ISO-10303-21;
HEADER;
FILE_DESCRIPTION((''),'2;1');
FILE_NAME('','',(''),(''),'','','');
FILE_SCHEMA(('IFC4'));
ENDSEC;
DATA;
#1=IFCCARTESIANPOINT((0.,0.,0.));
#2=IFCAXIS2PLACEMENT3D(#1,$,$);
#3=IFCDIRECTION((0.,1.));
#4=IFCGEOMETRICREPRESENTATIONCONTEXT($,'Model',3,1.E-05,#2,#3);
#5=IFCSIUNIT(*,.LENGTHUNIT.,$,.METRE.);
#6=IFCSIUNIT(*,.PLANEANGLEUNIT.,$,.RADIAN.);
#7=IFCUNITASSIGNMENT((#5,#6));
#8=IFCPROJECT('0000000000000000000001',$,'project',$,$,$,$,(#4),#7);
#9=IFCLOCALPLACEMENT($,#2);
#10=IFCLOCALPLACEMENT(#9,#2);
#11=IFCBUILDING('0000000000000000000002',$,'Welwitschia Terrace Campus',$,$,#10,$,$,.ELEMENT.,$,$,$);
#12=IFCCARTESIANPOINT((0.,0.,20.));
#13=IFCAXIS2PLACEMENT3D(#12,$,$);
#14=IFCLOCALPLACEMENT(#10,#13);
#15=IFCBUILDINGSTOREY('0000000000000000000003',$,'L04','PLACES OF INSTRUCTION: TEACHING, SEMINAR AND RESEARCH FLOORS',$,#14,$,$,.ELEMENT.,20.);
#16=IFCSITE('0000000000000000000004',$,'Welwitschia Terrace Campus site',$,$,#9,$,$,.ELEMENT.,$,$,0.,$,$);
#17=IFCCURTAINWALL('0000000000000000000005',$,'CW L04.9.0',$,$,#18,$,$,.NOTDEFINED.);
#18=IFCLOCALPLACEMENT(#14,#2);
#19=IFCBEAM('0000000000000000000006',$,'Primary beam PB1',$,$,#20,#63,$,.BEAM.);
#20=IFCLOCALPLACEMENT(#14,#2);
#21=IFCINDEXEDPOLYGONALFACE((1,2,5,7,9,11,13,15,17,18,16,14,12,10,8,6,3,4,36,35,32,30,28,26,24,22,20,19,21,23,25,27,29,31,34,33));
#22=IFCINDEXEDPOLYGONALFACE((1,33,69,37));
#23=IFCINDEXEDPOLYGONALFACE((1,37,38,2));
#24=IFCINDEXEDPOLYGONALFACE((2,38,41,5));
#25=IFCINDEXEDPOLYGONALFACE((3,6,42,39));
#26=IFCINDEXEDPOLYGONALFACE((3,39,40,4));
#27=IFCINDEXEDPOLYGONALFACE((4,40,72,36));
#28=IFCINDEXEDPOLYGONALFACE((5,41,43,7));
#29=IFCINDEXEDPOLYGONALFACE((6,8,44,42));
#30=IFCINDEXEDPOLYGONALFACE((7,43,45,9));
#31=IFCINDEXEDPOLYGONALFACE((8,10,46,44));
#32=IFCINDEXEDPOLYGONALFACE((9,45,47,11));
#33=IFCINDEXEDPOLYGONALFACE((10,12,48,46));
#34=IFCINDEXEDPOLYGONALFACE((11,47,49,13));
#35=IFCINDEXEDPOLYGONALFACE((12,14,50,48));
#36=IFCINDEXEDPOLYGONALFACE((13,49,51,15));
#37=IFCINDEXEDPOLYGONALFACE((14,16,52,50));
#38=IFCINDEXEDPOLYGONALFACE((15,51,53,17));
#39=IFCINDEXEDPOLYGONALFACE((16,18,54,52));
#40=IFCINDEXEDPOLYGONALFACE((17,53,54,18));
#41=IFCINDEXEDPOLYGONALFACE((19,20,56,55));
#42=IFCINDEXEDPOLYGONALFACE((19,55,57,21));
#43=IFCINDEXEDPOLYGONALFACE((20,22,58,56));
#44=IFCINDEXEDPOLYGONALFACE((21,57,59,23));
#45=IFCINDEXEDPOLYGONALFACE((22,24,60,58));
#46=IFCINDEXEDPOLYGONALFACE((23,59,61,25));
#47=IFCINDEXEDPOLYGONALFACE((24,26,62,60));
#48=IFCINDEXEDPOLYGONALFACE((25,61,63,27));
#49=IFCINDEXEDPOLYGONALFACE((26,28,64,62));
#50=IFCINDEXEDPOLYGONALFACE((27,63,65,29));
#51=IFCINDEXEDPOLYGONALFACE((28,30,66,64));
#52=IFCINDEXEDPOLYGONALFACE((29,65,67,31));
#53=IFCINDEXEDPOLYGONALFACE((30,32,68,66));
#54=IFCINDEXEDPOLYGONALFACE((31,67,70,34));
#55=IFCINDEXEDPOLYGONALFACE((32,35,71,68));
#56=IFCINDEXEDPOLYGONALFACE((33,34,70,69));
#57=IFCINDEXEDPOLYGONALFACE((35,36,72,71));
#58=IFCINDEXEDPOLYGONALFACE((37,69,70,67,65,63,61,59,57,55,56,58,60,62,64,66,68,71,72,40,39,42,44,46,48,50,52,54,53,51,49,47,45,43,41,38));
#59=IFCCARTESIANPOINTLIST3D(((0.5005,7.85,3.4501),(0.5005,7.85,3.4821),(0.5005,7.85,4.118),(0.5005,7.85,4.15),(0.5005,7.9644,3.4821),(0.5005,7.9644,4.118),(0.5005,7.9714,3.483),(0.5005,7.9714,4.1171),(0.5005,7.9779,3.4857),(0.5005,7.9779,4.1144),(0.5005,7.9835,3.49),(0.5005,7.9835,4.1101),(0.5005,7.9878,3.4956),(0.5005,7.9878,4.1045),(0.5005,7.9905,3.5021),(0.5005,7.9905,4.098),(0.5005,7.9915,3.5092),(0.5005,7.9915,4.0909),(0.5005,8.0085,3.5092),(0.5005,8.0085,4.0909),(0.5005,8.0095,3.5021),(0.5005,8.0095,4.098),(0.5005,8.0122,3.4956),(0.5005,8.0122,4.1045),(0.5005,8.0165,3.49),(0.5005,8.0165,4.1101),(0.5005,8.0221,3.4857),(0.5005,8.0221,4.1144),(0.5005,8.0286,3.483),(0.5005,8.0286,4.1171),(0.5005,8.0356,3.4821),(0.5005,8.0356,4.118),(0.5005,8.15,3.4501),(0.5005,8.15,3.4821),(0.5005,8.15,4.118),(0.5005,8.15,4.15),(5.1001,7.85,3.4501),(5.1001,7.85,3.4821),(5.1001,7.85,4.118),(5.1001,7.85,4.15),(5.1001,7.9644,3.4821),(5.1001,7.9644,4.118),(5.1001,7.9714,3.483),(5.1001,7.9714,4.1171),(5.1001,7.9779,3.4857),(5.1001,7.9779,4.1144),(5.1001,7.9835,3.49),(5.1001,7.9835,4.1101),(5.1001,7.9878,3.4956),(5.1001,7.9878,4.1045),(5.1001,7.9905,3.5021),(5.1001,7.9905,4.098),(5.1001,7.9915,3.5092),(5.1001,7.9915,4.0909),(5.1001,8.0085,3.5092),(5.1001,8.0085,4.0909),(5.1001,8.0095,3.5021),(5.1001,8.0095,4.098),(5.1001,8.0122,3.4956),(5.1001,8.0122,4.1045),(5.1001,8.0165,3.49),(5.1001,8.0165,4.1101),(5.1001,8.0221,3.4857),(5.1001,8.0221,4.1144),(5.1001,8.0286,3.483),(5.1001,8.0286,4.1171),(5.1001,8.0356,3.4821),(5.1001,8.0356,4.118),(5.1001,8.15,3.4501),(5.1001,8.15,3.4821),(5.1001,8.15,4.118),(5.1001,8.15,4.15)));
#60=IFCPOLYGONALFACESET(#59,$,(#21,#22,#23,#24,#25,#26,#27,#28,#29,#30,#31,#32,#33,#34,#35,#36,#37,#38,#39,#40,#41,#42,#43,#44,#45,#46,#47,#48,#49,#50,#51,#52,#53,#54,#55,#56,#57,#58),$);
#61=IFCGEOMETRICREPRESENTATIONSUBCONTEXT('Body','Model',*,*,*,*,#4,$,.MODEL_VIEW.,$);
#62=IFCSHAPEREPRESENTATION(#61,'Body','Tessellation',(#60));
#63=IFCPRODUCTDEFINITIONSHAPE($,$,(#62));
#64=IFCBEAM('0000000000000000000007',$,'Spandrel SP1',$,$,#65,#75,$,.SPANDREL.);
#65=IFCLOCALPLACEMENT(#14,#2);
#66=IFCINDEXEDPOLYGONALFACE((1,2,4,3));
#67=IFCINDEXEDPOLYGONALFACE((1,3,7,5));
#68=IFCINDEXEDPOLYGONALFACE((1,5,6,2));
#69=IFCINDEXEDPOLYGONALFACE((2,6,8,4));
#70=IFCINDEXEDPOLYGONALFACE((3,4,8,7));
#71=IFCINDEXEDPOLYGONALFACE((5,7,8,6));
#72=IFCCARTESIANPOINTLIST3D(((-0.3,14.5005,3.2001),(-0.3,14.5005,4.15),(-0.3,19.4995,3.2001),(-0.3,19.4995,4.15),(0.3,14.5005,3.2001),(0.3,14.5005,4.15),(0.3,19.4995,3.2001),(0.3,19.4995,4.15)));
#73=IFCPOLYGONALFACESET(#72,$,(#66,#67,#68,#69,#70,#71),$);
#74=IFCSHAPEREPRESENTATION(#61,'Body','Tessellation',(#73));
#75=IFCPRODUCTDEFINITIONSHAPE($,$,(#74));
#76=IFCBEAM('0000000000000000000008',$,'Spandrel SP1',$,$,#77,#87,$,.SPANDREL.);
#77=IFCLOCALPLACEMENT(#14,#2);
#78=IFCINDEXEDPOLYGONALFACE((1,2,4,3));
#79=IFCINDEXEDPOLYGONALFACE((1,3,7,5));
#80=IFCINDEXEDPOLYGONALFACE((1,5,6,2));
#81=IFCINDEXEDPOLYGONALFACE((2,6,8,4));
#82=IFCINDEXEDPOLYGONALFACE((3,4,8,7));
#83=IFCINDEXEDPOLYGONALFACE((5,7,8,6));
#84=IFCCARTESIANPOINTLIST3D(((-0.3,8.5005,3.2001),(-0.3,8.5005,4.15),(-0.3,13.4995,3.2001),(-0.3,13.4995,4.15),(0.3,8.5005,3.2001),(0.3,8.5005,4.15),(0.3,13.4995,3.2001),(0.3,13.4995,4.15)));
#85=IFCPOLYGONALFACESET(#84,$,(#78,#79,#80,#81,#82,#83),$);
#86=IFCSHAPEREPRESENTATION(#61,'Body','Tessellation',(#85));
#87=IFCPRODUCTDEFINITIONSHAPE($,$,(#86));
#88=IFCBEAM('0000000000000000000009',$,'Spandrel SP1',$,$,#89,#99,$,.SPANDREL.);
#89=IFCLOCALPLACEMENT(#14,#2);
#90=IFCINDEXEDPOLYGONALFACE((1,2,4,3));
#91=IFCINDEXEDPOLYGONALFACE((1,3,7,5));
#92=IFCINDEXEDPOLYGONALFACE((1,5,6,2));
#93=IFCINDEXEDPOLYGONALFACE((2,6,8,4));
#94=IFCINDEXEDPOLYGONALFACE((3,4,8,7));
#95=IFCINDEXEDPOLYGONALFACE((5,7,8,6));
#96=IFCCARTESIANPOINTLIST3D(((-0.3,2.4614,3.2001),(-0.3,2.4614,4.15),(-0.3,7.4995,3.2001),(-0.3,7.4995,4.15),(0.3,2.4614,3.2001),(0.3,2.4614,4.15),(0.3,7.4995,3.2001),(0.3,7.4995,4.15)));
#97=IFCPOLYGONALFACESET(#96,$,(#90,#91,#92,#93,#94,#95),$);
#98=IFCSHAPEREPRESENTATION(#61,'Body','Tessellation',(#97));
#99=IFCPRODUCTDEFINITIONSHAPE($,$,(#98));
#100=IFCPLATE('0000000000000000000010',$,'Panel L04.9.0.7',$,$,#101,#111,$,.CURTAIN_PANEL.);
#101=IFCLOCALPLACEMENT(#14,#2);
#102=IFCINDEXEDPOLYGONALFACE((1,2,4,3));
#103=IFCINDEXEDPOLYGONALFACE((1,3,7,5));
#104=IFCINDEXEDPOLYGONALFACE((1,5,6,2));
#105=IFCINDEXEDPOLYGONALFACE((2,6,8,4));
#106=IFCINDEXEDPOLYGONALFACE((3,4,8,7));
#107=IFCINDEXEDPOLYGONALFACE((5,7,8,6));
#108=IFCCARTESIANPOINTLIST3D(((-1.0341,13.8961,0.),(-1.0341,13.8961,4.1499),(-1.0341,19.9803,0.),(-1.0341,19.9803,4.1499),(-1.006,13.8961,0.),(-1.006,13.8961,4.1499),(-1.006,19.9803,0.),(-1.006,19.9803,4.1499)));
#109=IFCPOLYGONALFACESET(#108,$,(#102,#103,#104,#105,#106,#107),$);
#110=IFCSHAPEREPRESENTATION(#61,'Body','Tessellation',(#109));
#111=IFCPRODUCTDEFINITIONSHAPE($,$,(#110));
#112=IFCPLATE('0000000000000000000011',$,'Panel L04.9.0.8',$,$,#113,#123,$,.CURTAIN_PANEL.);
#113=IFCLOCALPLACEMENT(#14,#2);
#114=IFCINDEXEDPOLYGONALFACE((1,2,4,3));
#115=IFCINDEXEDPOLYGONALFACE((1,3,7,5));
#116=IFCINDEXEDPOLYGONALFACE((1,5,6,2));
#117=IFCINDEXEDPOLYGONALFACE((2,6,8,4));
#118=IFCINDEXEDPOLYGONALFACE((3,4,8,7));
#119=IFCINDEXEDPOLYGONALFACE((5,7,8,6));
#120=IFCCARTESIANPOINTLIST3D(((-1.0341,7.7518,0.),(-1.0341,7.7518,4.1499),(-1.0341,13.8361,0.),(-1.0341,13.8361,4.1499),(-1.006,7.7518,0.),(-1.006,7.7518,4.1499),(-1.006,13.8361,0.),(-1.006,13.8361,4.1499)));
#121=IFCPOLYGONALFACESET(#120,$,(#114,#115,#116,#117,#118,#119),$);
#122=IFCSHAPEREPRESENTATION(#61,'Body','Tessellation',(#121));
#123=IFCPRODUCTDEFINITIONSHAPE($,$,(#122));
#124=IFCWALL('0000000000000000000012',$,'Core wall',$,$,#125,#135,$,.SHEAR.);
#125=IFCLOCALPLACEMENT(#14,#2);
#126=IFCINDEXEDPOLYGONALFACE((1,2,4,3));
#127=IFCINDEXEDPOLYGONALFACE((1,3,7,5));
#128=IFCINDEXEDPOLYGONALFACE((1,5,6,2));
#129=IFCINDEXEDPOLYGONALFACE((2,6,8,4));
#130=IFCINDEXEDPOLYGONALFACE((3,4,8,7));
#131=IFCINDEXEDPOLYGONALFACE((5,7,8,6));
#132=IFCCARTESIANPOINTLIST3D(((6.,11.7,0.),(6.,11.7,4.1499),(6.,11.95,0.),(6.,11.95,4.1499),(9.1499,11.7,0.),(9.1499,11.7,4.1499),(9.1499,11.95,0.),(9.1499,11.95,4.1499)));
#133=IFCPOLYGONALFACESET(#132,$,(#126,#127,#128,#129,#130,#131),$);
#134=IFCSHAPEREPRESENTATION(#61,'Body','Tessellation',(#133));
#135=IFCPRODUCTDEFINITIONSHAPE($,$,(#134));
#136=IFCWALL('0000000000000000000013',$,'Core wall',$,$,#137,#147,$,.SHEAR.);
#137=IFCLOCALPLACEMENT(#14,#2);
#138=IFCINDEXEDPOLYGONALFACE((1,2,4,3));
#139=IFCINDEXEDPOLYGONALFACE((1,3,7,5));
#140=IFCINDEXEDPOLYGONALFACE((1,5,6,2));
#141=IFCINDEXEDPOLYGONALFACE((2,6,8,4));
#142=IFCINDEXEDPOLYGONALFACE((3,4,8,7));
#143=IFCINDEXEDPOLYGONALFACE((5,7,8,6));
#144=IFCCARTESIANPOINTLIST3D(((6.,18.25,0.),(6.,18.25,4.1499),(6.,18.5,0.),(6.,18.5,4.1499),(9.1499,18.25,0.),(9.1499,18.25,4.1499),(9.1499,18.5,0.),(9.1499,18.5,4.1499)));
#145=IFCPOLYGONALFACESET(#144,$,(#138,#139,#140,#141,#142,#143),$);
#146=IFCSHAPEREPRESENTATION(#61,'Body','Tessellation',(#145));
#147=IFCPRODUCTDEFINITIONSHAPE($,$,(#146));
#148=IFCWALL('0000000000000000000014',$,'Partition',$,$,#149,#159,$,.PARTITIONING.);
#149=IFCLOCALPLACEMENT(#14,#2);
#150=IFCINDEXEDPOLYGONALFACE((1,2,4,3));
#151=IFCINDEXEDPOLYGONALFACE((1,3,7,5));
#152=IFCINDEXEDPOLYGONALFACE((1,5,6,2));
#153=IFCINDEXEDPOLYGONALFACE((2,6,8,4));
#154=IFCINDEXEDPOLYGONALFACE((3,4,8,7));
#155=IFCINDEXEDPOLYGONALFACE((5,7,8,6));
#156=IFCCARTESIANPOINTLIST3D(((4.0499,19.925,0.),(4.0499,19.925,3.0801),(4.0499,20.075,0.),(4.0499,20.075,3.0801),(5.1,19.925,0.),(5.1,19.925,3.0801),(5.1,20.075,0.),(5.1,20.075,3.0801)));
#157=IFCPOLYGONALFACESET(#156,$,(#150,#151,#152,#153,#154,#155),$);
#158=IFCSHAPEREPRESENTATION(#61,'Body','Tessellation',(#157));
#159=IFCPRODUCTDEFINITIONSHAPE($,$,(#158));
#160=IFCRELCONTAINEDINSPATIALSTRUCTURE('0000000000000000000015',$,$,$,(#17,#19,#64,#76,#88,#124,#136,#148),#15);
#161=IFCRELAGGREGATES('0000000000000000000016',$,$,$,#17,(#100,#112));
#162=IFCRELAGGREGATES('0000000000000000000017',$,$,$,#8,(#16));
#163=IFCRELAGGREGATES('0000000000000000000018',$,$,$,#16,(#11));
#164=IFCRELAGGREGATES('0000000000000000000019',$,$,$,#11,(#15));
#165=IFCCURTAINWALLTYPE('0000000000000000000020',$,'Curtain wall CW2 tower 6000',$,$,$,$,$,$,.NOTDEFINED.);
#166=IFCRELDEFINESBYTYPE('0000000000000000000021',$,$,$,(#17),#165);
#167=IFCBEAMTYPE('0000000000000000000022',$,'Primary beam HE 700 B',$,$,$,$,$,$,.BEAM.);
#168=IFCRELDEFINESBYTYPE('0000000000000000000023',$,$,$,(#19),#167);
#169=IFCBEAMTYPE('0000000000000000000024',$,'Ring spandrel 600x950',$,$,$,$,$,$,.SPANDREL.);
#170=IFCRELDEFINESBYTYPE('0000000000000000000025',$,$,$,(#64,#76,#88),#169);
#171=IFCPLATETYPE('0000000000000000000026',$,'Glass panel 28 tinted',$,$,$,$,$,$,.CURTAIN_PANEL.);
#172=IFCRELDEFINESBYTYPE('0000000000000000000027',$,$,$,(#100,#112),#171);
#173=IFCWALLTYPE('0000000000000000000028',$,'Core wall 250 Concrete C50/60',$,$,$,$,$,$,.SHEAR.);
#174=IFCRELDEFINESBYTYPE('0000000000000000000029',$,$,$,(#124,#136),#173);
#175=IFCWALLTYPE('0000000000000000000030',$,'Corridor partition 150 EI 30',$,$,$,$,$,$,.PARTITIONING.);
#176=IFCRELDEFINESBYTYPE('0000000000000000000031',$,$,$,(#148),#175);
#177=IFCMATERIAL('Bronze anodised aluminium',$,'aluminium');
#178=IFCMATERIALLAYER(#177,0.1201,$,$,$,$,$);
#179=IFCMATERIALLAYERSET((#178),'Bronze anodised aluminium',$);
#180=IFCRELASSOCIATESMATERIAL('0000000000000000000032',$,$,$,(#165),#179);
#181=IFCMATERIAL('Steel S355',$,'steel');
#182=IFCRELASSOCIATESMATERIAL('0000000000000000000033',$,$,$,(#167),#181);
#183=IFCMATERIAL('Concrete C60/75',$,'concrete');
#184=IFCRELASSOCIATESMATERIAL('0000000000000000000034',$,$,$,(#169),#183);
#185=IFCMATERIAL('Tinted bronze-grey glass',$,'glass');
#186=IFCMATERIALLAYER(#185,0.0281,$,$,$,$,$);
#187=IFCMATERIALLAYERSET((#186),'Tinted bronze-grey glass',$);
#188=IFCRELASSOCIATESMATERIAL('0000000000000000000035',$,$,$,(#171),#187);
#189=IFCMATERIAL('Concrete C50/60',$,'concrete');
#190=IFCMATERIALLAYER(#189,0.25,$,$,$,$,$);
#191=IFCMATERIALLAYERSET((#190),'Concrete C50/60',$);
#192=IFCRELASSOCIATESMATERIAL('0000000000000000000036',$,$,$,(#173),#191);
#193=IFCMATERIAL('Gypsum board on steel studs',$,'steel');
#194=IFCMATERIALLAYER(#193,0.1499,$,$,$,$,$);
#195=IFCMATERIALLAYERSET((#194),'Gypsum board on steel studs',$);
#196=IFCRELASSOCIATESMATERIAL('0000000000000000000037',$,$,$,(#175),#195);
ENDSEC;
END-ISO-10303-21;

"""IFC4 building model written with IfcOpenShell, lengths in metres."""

from ifc_helpers import new_model, si_unit, direction, frame, frame_2d, origin, origin_2d, place, context, subcontext, project, spatial, rectangle, i_section, extrude, material, layer, layer_set, material_profile, profile_set, type_object, element, aggregate, save


model = new_model("IFC4")

# Units and contexts
model_context = context("Model", 3, precision=1e-05, world=origin(), true_north=direction((0.0, 1.0)))
body_context = subcontext(model_context, "Body", "Model", "MODEL_VIEW")
ifc_project = project(units=[si_unit("LENGTHUNIT", "METRE"), si_unit("PLANEANGLEUNIT", "RADIAN")], contexts=[model_context])

# Site, building, storey
site_placement = place(None, origin())
site = spatial("IfcSite", under=ifc_project, at=site_placement, Name="Welwitschia Terrace Campus site", CompositionType="ELEMENT", RefElevation=0.0)
building_placement = place(site_placement, origin())
building = spatial("IfcBuilding", under=site, at=building_placement, Name="Welwitschia Terrace Campus", CompositionType="ELEMENT")
storey_placement = place(building_placement, frame((0.0, 0.0, 20.0)))
storey = spatial("IfcBuildingStorey", under=building, at=storey_placement, Name="L04", Description="PLACES OF INSTRUCTION: TEACHING, SEMINAR AND RESEARCH FLOORS", CompositionType="ELEMENT", Elevation=20.0)

# Curtain wall
ifc_material_1 = material(Name="Bronze anodised aluminium", Category="aluminium")
ifc_layer_1 = layer(ifc_material_1, 0.1201)
ifc_layer_set_1 = layer_set([ifc_layer_1], Name="Bronze anodised aluminium")
curtain_wall_type = type_object("IfcCurtainWallType", Name="Curtain wall CW2 tower 6000", PredefinedType="NOTDEFINED", material=ifc_layer_set_1)
curtain_wall_placement = place(storey_placement, origin())
curtain_wall = element("IfcCurtainWall", 1, at=curtain_wall_placement, inside=storey, type_object=curtain_wall_type, Name="CW L04.9.0", PredefinedType="NOTDEFINED")

# Beams
ifc_material_2 = material(Name="Steel S355", Category="steel")
ifc_material_profile_1 = material_profile(ifc_material_2, i_section(OverallWidth=0.3, OverallDepth=0.7, WebThickness=0.0171, FlangeThickness=0.032, FilletRadius=0.0271, at=origin_2d()))
ifc_profile_set_1 = profile_set([ifc_material_profile_1], Name="Steel S355")
beam_type_1 = type_object("IfcBeamType", Name="Primary beam HE 700 B", PredefinedType="BEAM", material=ifc_profile_set_1)
for number, where, z_axis, x_axis, name in (
    (2, (0.5005, 8.0, 3.8), (1.0, 0.0, 0.0), (0.0, 1.0, 0.0), "Primary beam PB1"),
):
    element("IfcBeam", number, at=place(storey_placement, frame(where, z_axis=z_axis, x_axis=x_axis)), inside=storey, type_object=beam_type_1, Name=name, PredefinedType="BEAM", context=body_context, shape_type="SweptSolid", body=[
        extrude(i_section(OverallWidth=0.3, OverallDepth=0.7, WebThickness=0.0171, FlangeThickness=0.032, FilletRadius=0.0271, at=origin_2d()), origin(), (0.0, 0.0, 1.0), 4.5996),
    ])
ifc_material_3 = material(Name="Concrete C60/75", Category="concrete")
ifc_material_profile_2 = material_profile(ifc_material_3, rectangle(XDim=0.6001, YDim=0.95, at=origin_2d()))
ifc_profile_set_2 = profile_set([ifc_material_profile_2], Name="Concrete C60/75")
beam_type_2 = type_object("IfcBeamType", Name="Ring spandrel 600x950", PredefinedType="SPANDREL", material=ifc_profile_set_2)
for number, where, z_axis, x_axis, name in (
    (3, (0.0, 19.4995, 3.675), (0.0, -1.0, 0.0), (1.0, 0.0, 0.0), "Spandrel SP1"),
    (4, (0.0, 13.4995, 3.675), (0.0, -1.0, 0.0), (1.0, 0.0, 0.0), "Spandrel SP1"),
):
    element("IfcBeam", number, at=place(storey_placement, frame(where, z_axis=z_axis, x_axis=x_axis)), inside=storey, type_object=beam_type_2, Name=name, PredefinedType="SPANDREL", context=body_context, shape_type="SweptSolid", body=[
        extrude(rectangle(XDim=0.6001, YDim=0.95, at=origin_2d()), origin(), (0.0, 0.0, 1.0), 4.999),
    ])
beam_1_placement = place(storey_placement, frame((0.0, 7.4995, 3.675), z_axis=(0.0, -1.0, 0.0), x_axis=(1.0, 0.0, 0.0)))
element("IfcBeam", 5, at=beam_1_placement, inside=storey, type_object=beam_type_2, Name="Spandrel SP1", PredefinedType="SPANDREL", context=body_context, shape_type="SweptSolid", body=[
    extrude(rectangle(XDim=0.6001, YDim=0.95, at=origin_2d()), origin(), (0.0, 0.0, 1.0), 5.0381),
])

# Plates
ifc_material_4 = material(Name="Tinted bronze-grey glass", Category="glass")
ifc_layer_2 = layer(ifc_material_4, 0.0281)
ifc_layer_set_2 = layer_set([ifc_layer_2], Name="Tinted bronze-grey glass")
plate_type = type_object("IfcPlateType", Name="Glass panel 28 tinted", PredefinedType="CURTAIN_PANEL", material=ifc_layer_set_2)
plate_1_placement = place(storey_placement, frame((-1.02, 16.9382, 0.0), z_axis=(0.0, 0.0, 1.0), x_axis=(0.0, -1.0, 0.0)))
plate_1 = element("IfcPlate", 6, at=plate_1_placement, type_object=plate_type, Name="Panel L04.9.0.7", PredefinedType="CURTAIN_PANEL", context=body_context, shape_type="SweptSolid", body=[
    extrude(rectangle(XDim=6.0842, YDim=0.0281, at=origin_2d()), origin(), (0.0, 0.0, 1.0), 4.1499),
])
plate_2_placement = place(storey_placement, frame((-1.02, 10.7939, 0.0), z_axis=(0.0, 0.0, 1.0), x_axis=(0.0, -1.0, 0.0)))
plate_2 = element("IfcPlate", 7, at=plate_2_placement, type_object=plate_type, Name="Panel L04.9.0.8", PredefinedType="CURTAIN_PANEL", context=body_context, shape_type="SweptSolid", body=[
    extrude(rectangle(XDim=6.0842, YDim=0.0281, at=origin_2d()), origin(), (0.0, 0.0, 1.0), 4.1499),
])
aggregate(curtain_wall, [plate_1, plate_2])

# Walls
ifc_material_5 = material(Name="Concrete C50/60", Category="concrete")
ifc_layer_3 = layer(ifc_material_5, 0.25)
ifc_layer_set_3 = layer_set([ifc_layer_3], Name="Concrete C50/60")
wall_type_1 = type_object("IfcWallType", Name="Core wall 250 Concrete C50/60", PredefinedType="SHEAR", material=ifc_layer_set_3)
for number, where, z_axis, x_axis, name in (
    (8, (6.0, 11.825, 0.0), (0.0, 0.0, 1.0), (1.0, 0.0, 0.0), "Core wall"),
    (9, (6.0, 18.375, 0.0), (0.0, 0.0, 1.0), (1.0, 0.0, 0.0), "Core wall"),
):
    element("IfcWall", number, at=place(storey_placement, frame(where, z_axis=z_axis, x_axis=x_axis)), inside=storey, type_object=wall_type_1, Name=name, PredefinedType="SHEAR", context=body_context, shape_type="SweptSolid", body=[
        extrude(rectangle(XDim=3.1499, YDim=0.25, at=frame_2d((1.575, 0.0))), origin(), (0.0, 0.0, 1.0), 4.1499),
    ])
ifc_material_6 = material(Name="Gypsum board on steel studs", Category="steel")
ifc_layer_4 = layer(ifc_material_6, 0.1499)
ifc_layer_set_4 = layer_set([ifc_layer_4], Name="Gypsum board on steel studs")
wall_type_2 = type_object("IfcWallType", Name="Corridor partition 150 EI 30", PredefinedType="PARTITIONING", material=ifc_layer_set_4)
wall_placement = place(storey_placement, frame((4.05, 20.0, 0.0), z_axis=(0.0, 0.0, 1.0), x_axis=(1.0, 0.0, 0.0)))
element("IfcWall", 10, at=wall_placement, inside=storey, type_object=wall_type_2, Name="Partition", PredefinedType="PARTITIONING", context=body_context, shape_type="SweptSolid", body=[
    extrude(rectangle(XDim=1.05, YDim=0.1499, at=frame_2d((0.5249, 0.0))), origin(), (0.0, 0.0, 1.0), 3.0801),
])

save(model, "model.ifc")
